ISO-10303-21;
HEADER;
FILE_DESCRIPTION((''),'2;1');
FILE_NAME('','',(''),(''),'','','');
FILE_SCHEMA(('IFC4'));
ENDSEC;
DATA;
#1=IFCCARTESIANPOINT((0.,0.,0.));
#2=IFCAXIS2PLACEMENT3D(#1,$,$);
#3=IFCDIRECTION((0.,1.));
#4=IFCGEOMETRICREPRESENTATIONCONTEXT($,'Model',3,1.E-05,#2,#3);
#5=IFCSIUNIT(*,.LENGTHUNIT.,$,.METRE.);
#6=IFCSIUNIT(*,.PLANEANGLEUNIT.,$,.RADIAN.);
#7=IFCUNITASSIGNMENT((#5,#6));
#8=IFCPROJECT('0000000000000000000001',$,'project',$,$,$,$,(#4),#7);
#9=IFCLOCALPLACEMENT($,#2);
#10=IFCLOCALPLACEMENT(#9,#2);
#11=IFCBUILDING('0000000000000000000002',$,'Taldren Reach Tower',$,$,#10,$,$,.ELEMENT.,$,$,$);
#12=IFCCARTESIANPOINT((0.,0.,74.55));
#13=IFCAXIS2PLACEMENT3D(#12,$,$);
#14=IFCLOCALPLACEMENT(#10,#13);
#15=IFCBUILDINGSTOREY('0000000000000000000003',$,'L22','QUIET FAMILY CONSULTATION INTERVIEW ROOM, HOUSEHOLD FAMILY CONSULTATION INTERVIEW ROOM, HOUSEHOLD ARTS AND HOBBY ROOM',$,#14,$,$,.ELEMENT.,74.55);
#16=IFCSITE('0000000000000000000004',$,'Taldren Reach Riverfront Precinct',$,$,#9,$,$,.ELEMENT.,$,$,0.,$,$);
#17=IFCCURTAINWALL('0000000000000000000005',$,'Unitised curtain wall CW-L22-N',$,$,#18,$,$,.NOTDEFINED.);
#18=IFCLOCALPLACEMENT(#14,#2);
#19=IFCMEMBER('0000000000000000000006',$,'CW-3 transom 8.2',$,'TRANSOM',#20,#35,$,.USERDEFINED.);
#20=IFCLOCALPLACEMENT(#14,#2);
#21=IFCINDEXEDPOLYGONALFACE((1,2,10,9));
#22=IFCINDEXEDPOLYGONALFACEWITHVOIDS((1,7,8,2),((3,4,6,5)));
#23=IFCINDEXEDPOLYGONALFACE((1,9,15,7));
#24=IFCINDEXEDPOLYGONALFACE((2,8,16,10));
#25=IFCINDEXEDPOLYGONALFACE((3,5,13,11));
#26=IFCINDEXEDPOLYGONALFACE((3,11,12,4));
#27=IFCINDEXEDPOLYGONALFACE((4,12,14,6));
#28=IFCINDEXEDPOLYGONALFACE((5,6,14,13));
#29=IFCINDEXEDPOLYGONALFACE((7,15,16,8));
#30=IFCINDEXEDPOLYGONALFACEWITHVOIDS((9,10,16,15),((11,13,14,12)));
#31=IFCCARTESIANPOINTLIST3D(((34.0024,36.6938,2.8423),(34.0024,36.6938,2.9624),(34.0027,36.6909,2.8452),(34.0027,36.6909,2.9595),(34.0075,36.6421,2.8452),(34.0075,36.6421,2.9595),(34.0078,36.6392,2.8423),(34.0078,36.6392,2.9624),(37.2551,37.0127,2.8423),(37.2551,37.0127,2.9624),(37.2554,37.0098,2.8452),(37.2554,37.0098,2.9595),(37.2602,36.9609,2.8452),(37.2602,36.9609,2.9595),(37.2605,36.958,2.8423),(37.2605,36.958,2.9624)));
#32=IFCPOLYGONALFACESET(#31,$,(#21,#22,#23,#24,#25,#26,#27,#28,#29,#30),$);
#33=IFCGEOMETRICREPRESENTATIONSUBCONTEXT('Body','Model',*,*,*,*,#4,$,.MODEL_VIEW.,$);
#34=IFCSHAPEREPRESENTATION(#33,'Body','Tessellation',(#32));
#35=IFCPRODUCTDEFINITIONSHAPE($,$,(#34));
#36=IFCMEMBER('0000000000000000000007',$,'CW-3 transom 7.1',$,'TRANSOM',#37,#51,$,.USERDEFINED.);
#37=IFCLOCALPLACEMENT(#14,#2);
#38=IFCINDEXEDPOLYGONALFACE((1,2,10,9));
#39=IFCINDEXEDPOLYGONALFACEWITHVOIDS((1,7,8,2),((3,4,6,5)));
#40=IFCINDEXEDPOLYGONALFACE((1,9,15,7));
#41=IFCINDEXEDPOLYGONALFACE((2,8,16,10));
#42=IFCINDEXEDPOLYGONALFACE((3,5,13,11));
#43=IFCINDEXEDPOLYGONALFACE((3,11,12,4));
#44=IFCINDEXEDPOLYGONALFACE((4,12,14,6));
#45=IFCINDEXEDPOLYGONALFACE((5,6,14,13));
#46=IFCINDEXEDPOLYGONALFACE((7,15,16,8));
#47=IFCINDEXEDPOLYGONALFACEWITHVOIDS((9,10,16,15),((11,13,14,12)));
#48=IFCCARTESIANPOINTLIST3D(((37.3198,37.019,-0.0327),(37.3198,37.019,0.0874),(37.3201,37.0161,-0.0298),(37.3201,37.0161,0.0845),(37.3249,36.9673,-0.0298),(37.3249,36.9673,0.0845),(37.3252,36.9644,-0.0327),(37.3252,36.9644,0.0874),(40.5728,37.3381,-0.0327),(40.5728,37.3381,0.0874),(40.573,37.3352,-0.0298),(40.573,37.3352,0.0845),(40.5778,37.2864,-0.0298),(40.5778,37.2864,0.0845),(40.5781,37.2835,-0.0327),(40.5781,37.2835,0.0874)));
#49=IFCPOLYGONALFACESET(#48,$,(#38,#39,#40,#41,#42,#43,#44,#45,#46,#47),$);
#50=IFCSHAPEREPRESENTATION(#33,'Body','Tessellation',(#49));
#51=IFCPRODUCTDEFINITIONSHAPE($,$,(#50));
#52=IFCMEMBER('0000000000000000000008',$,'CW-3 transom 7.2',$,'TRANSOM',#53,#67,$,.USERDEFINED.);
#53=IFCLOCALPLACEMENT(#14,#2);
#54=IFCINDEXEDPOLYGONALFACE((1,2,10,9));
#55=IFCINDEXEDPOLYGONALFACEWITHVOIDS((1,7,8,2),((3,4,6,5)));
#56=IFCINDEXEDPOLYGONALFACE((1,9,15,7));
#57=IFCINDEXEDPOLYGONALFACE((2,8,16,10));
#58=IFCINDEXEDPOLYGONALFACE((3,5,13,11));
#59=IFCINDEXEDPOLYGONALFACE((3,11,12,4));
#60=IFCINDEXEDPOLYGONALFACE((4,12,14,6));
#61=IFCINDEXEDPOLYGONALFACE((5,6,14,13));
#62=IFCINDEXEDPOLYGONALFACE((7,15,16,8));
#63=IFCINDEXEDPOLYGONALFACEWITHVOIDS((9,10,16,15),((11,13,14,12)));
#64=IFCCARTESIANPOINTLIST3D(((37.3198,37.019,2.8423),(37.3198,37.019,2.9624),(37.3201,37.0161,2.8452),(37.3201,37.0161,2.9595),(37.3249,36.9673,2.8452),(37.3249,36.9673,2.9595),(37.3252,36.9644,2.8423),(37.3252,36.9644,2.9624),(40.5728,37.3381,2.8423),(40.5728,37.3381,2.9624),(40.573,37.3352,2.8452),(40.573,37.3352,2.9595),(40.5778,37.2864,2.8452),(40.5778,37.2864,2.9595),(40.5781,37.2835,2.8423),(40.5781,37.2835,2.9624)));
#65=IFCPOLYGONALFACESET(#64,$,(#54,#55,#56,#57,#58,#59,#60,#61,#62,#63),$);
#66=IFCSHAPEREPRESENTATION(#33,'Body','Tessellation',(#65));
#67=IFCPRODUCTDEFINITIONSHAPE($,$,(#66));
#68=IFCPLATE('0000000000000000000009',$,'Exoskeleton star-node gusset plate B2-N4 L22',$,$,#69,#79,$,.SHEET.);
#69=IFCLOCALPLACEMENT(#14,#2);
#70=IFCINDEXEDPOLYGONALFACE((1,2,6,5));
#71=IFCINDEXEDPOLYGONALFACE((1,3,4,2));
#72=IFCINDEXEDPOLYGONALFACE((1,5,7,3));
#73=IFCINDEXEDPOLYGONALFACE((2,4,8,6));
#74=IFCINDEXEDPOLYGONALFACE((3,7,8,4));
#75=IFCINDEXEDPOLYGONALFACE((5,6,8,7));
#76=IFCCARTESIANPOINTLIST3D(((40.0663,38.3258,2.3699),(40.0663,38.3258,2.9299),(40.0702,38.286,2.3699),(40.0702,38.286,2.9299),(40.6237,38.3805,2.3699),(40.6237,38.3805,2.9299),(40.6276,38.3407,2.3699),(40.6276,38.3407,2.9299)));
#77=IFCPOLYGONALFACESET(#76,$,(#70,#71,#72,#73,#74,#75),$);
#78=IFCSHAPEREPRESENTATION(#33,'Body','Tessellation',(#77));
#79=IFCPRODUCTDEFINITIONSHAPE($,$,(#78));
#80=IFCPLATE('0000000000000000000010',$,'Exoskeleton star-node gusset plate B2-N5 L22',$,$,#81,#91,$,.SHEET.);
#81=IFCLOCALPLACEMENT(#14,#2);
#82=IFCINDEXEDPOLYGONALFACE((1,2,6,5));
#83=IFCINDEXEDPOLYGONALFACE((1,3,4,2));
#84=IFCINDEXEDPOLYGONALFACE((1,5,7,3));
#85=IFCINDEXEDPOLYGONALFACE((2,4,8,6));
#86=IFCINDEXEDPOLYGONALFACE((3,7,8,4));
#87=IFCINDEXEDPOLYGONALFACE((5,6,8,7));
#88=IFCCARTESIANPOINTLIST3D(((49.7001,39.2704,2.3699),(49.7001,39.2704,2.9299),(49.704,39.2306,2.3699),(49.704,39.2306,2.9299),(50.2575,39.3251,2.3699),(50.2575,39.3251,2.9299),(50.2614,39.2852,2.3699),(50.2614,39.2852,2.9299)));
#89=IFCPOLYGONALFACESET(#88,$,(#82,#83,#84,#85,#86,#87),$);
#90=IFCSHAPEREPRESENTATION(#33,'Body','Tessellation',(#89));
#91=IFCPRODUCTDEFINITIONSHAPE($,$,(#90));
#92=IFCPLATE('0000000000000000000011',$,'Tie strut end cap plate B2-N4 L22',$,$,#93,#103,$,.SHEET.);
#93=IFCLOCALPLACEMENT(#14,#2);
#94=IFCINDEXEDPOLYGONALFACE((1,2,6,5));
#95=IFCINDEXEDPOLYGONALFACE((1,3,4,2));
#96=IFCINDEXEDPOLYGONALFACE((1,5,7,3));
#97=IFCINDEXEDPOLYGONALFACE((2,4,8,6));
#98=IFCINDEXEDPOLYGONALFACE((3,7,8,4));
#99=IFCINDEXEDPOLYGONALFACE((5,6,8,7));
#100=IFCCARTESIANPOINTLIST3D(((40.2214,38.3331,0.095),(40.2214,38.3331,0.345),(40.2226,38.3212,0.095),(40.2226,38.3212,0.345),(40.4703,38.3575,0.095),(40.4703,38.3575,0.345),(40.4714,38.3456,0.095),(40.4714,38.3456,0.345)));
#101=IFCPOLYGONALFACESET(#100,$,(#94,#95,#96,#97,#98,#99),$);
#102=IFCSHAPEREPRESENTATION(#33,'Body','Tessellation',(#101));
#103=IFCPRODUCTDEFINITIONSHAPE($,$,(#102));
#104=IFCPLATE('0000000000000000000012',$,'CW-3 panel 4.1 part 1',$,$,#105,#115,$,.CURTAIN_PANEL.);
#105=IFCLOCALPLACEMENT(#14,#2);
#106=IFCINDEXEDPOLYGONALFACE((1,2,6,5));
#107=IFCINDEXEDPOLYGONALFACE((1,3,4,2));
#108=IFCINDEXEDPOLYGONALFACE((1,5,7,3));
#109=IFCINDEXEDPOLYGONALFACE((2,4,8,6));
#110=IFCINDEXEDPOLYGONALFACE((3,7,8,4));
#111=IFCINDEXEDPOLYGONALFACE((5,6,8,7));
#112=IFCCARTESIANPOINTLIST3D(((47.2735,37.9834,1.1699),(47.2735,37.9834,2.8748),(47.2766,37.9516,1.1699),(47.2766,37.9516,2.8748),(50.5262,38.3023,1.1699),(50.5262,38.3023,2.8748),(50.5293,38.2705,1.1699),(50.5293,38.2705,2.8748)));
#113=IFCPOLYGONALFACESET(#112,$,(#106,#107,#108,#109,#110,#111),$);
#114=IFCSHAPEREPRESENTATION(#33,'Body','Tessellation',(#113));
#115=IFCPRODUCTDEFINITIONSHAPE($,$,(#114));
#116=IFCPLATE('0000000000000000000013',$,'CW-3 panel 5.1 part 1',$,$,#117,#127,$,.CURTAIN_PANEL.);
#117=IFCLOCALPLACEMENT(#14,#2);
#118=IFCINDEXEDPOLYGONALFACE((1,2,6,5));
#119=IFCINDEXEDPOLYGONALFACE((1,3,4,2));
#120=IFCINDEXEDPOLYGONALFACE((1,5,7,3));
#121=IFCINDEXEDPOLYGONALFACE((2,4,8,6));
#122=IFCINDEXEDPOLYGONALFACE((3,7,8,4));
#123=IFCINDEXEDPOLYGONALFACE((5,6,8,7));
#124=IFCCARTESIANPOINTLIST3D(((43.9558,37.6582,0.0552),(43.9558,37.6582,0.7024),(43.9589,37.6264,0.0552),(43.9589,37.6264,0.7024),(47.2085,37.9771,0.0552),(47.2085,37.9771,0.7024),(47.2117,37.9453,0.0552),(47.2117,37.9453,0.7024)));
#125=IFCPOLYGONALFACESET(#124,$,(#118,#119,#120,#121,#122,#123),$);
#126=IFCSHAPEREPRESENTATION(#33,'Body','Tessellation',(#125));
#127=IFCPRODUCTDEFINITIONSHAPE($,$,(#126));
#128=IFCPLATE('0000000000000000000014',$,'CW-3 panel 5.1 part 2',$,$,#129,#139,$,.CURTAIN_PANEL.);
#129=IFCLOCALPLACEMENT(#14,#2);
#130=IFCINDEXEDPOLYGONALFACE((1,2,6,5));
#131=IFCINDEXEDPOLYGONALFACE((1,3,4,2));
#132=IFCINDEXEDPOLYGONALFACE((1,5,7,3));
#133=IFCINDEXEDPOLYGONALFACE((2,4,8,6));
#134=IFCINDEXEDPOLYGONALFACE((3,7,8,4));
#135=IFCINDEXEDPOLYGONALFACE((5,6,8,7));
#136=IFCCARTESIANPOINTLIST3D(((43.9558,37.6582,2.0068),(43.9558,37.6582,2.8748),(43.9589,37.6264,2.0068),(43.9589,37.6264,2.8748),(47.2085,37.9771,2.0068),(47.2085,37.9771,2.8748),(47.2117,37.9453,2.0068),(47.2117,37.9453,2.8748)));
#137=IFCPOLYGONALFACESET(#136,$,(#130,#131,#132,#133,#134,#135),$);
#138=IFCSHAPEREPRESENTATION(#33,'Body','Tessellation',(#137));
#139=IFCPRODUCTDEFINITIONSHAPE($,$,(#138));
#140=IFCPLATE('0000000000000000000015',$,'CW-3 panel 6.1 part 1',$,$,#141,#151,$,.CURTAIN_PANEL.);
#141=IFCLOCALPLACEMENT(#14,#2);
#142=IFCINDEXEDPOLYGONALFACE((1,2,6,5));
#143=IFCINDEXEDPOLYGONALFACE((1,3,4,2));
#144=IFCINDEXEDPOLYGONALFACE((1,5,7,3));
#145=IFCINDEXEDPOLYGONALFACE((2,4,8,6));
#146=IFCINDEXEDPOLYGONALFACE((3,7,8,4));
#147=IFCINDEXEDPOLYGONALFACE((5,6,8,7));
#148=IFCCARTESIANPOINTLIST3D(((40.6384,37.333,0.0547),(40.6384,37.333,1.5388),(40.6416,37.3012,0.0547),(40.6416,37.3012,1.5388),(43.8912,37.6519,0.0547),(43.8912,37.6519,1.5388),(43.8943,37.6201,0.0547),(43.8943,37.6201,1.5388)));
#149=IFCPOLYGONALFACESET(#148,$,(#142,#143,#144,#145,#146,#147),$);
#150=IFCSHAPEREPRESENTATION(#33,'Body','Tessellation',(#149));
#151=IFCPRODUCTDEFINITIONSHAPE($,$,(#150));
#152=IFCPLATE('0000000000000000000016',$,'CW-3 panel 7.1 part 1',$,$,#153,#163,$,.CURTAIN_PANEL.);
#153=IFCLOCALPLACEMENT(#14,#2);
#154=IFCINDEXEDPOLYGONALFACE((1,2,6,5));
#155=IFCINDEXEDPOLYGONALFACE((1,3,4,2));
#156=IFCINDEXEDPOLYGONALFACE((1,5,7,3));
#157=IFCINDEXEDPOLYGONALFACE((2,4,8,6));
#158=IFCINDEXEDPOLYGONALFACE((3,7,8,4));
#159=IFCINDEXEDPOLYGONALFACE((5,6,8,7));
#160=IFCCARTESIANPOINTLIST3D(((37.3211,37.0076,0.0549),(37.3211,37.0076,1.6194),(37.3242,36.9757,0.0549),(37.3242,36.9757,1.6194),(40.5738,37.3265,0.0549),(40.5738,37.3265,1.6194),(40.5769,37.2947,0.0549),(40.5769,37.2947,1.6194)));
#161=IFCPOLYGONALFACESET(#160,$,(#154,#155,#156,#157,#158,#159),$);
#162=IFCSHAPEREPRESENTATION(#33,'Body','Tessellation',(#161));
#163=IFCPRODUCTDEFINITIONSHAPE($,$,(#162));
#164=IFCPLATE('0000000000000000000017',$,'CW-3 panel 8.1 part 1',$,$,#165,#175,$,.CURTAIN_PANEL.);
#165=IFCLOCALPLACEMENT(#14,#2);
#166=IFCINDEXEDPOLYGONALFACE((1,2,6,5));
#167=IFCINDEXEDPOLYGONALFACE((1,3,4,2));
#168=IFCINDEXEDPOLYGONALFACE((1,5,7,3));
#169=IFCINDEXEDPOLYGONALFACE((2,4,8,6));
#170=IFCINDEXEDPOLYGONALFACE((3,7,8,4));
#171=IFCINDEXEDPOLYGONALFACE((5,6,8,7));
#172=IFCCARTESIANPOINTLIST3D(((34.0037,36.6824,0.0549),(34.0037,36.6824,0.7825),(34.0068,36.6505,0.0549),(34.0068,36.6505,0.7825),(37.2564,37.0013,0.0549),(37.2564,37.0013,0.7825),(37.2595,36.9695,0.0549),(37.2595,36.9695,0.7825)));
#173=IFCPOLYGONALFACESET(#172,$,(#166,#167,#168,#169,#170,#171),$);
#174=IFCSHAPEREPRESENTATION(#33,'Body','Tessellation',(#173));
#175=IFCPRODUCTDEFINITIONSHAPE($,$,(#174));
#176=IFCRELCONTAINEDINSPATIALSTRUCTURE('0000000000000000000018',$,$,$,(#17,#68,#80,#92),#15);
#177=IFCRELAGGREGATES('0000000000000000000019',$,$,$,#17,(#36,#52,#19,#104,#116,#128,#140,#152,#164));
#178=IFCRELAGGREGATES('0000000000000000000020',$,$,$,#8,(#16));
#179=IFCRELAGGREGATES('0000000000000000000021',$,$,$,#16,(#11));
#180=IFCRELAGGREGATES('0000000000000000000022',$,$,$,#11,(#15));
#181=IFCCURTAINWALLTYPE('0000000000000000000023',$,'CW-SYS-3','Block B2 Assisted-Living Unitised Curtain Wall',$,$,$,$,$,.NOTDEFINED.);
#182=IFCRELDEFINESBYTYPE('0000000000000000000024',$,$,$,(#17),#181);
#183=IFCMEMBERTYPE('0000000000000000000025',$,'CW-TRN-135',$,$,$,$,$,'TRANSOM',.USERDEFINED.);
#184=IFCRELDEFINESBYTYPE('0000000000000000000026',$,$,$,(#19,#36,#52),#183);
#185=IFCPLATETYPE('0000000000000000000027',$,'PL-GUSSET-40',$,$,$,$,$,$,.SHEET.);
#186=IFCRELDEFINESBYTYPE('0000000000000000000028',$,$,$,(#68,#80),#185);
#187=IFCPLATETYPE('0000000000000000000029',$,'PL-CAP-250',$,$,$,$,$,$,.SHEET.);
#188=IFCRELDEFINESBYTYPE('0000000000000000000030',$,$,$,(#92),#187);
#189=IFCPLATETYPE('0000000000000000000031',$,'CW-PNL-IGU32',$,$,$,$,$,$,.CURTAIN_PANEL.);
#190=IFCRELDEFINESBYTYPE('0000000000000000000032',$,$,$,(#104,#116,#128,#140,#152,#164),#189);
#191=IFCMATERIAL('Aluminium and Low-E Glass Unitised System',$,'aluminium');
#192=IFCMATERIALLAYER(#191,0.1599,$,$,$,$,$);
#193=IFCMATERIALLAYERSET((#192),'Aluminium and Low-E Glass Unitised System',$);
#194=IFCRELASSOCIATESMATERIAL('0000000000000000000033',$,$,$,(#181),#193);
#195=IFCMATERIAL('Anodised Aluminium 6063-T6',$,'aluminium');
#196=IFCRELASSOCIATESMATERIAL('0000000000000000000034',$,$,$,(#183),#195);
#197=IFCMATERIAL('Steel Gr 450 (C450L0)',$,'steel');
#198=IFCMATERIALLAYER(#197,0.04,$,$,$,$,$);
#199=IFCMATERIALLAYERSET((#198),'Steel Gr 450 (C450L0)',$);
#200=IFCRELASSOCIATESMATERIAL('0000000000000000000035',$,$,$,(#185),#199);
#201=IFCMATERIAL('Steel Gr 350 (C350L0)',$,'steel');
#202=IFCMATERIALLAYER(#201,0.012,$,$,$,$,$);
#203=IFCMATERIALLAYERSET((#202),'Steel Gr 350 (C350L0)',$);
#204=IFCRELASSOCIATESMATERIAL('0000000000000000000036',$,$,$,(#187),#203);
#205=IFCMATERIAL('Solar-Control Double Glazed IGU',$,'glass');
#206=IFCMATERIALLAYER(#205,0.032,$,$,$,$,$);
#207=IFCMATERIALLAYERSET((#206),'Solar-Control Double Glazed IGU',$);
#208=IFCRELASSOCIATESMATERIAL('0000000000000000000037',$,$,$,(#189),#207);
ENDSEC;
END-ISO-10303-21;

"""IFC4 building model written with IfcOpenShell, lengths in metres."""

from ifc_helpers import new_model, si_unit, direction, frame, origin, origin_2d, place, context, subcontext, project, spatial, rectangle, hollow_rectangle, extrude, source, transform, mapped, material, layer, layer_set, material_profile, profile_set, type_object, element, aggregate, save


model = new_model("IFC4")

# Units and contexts
model_context = context("Model", 3, precision=1e-05, world=origin(), true_north=direction((0.0, 1.0)))
body_context = subcontext(model_context, "Body", "Model", "MODEL_VIEW")
ifc_project = project(units=[si_unit("LENGTHUNIT", "METRE"), si_unit("PLANEANGLEUNIT", "RADIAN")], contexts=[model_context])

# Site, building, storey
site_placement = place(None, origin())
site = spatial("IfcSite", under=ifc_project, at=site_placement, Name="Taldren Reach Riverfront Precinct", CompositionType="ELEMENT", RefElevation=0.0)
building_placement = place(site_placement, origin())
building = spatial("IfcBuilding", under=site, at=building_placement, Name="Taldren Reach Tower", CompositionType="ELEMENT")
storey_placement = place(building_placement, frame((0.0, 0.0, 74.55)))
storey = spatial("IfcBuildingStorey", under=building, at=storey_placement, Name="L22", Description="QUIET FAMILY CONSULTATION INTERVIEW ROOM, HOUSEHOLD FAMILY CONSULTATION INTERVIEW ROOM, HOUSEHOLD ARTS AND HOBBY ROOM", CompositionType="ELEMENT", Elevation=74.55)

# Shared definitions
ifc_material_1 = material(Name="Steel Gr 450 (C450L0)", Category="steel")
ifc_material_2 = material(Name="Steel Gr 350 (C350L0)", Category="steel")

# Curtain wall, members
ifc_material_3 = material(Name="Aluminium and Low-E Glass Unitised System", Category="aluminium")
ifc_layer_1 = layer(ifc_material_3, 0.1599)
ifc_layer_set_1 = layer_set([ifc_layer_1], Name="Aluminium and Low-E Glass Unitised System")
curtain_wall_type = type_object("IfcCurtainWallType", Name="CW-SYS-3", Description="Block B2 Assisted-Living Unitised Curtain Wall", PredefinedType="NOTDEFINED", material=ifc_layer_set_1)
curtain_wall_placement = place(storey_placement, origin())
curtain_wall = element("IfcCurtainWall", 1, at=curtain_wall_placement, inside=storey, type_object=curtain_wall_type, Name="Unitised curtain wall CW-L22-N", PredefinedType="NOTDEFINED")
ifc_material_4 = material(Name="Anodised Aluminium 6063-T6", Category="aluminium")
ifc_material_profile_1 = material_profile(ifc_material_4, hollow_rectangle(XDim=0.0549, YDim=0.1201, WallThickness=0.0029, at=origin_2d()), Name="ALU-120x55x3RHS")
ifc_profile_set_1 = profile_set([ifc_material_profile_1], Name="Anodised Aluminium 6063-T6")
member_type_1 = type_object("IfcMemberType", Name="CW-TRN-135", ElementType="TRANSOM", PredefinedType="USERDEFINED", material=ifc_profile_set_1)
shared_shape_1 = source(origin(), body_context, "Body", "SweptSolid", [
    extrude(hollow_rectangle(XDim=0.0549, YDim=0.1201, WallThickness=0.0029, at=origin_2d()), origin(), (0.0, 0.0, 1.0), 3.2683),
])
member_1_placement = place(storey_placement, frame((37.2578, 36.9854, 2.9023), z_axis=(-0.99523, -0.097558, 0.0), x_axis=(0.097558, -0.99523, 0.0)))
member_1 = element("IfcMember", 2, at=member_1_placement, type_object=member_type_1, Name="CW-3 transom 8.2", ObjectType="TRANSOM", PredefinedType="USERDEFINED", context=body_context, shape_type="MappedRepresentation", body=[
    mapped(shared_shape_1, transform((0.0, 0.0, 0.0), scale=1.0)),
])
shared_shape_2 = source(origin(), body_context, "Body", "SweptSolid", [
    extrude(hollow_rectangle(XDim=0.0549, YDim=0.1201, WallThickness=0.0029, at=origin_2d()), origin(), (0.0, 0.0, 1.0), 3.2686),
])
member_2_placement = place(storey_placement, frame((40.5754, 37.3108, 0.0273), z_axis=(-0.995223, -0.097625, 0.0), x_axis=(0.097625, -0.995223, 0.0)))
member_2 = element("IfcMember", 3, at=member_2_placement, type_object=member_type_1, Name="CW-3 transom 7.1", ObjectType="TRANSOM", PredefinedType="USERDEFINED", context=body_context, shape_type="MappedRepresentation", body=[
    mapped(shared_shape_2, transform((0.0, 0.0, 0.0), scale=1.0)),
])
member_3_placement = place(storey_placement, frame((40.5754, 37.3108, 2.9023), z_axis=(-0.995223, -0.097625, 0.0), x_axis=(0.097625, -0.995223, 0.0)))
member_3 = element("IfcMember", 4, at=member_3_placement, type_object=member_type_1, Name="CW-3 transom 7.2", ObjectType="TRANSOM", PredefinedType="USERDEFINED", context=body_context, shape_type="MappedRepresentation", body=[
    mapped(shared_shape_2, transform((0.0, 0.0, 0.0), scale=1.0)),
])

# Plates
ifc_layer_2 = layer(ifc_material_1, 0.04)
ifc_layer_set_2 = layer_set([ifc_layer_2], Name="Steel Gr 450 (C450L0)")
plate_type_1 = type_object("IfcPlateType", Name="PL-GUSSET-40", PredefinedType="SHEET", material=ifc_layer_set_2)
shared_shape_3 = source(origin(), body_context, "Body", "SweptSolid", [
    extrude(rectangle(XDim=0.5601, YDim=0.04, at=origin_2d()), origin(), (0.0, 0.0, 1.0), 0.5601),
])
for number, where, z_axis, x_axis, name in (
    (5, (40.3469, 38.3333, 2.3699), (0.0, 0.0, 1.0), (0.995227, 0.097583, 0.0), "Exoskeleton star-node gusset plate B2-N4 L22"),
    (6, (49.9807, 39.2778, 2.3699), (0.0, 0.0, 1.0), (0.995227, 0.097583, 0.0), "Exoskeleton star-node gusset plate B2-N5 L22"),
):
    element("IfcPlate", number, at=place(storey_placement, frame(where, z_axis=z_axis, x_axis=x_axis)), inside=storey, type_object=plate_type_1, Name=name, PredefinedType="SHEET", context=body_context, shape_type="MappedRepresentation", body=[
        mapped(shared_shape_3, transform((0.0, 0.0, 0.0), scale=1.0)),
    ])
ifc_layer_3 = layer(ifc_material_2, 0.012)
ifc_layer_set_3 = layer_set([ifc_layer_3], Name="Steel Gr 350 (C350L0)")
plate_type_2 = type_object("IfcPlateType", Name="PL-CAP-250", PredefinedType="SHEET", material=ifc_layer_set_3)
shared_shape_4 = source(origin(), body_context, "Body", "SweptSolid", [
    extrude(rectangle(XDim=0.25, YDim=0.012, at=origin_2d()), origin(), (0.0, 0.0, 1.0), 0.25),
])
plate_1_placement = place(storey_placement, frame((40.3464, 38.3394, 0.095), z_axis=(0.0, 0.0, 1.0), x_axis=(0.995227, 0.097583, 0.0)))
element("IfcPlate", 7, at=plate_1_placement, inside=storey, type_object=plate_type_2, Name="Tie strut end cap plate B2-N4 L22", PredefinedType="SHEET", context=body_context, shape_type="MappedRepresentation", body=[
    mapped(shared_shape_4, transform((0.0, 0.0, 0.0), scale=1.0)),
])

# Plates
ifc_material_5 = material(Name="Solar-Control Double Glazed IGU", Category="glass")
ifc_layer_4 = layer(ifc_material_5, 0.032)
ifc_layer_set_4 = layer_set([ifc_layer_4], Name="Solar-Control Double Glazed IGU")
plate_type_3 = type_object("IfcPlateType", Name="CW-PNL-IGU32", PredefinedType="CURTAIN_PANEL", material=ifc_layer_set_4)
shared_shape_5 = source(origin(), body_context, "Body", "SweptSolid", [
    extrude(rectangle(XDim=3.2683, YDim=0.032, at=origin_2d()), origin(), (0.0, 0.0, 1.0), 1.7048),
])
plate_2_placement = place(storey_placement, frame((48.9014, 38.127, 1.1699), z_axis=(0.0, 0.0, 1.0), x_axis=(-0.995227, -0.097583, 0.0)))
plate_2 = element("IfcPlate", 8, at=plate_2_placement, type_object=plate_type_3, Name="CW-3 panel 4.1 part 1", PredefinedType="CURTAIN_PANEL", context=body_context, shape_type="MappedRepresentation", body=[
    mapped(shared_shape_5, transform((0.0, 0.0, 0.0), scale=1.0)),
])
shared_shape_6 = source(origin(), body_context, "Body", "SweptSolid", [
    extrude(rectangle(XDim=3.2683, YDim=0.032, at=origin_2d()), origin(), (0.0, 0.0, 1.0), 0.6472),
])
plate_3_placement = place(storey_placement, frame((45.5837, 37.8018, 0.0552), z_axis=(0.0, 0.0, 1.0), x_axis=(-0.995227, -0.097583, 0.0)))
plate_3 = element("IfcPlate", 9, at=plate_3_placement, type_object=plate_type_3, Name="CW-3 panel 5.1 part 1", PredefinedType="CURTAIN_PANEL", context=body_context, shape_type="MappedRepresentation", body=[
    mapped(shared_shape_6, transform((0.0, 0.0, 0.0), scale=1.0)),
])
shared_shape_7 = source(origin(), body_context, "Body", "SweptSolid", [
    extrude(rectangle(XDim=3.2683, YDim=0.032, at=origin_2d()), origin(), (0.0, 0.0, 1.0), 0.8679),
])
plate_4_placement = place(storey_placement, frame((45.5837, 37.8018, 2.0068), z_axis=(0.0, 0.0, 1.0), x_axis=(-0.995227, -0.097583, 0.0)))
plate_4 = element("IfcPlate", 10, at=plate_4_placement, type_object=plate_type_3, Name="CW-3 panel 5.1 part 2", PredefinedType="CURTAIN_PANEL", context=body_context, shape_type="MappedRepresentation", body=[
    mapped(shared_shape_7, transform((0.0, 0.0, 0.0), scale=1.0)),
])
shared_shape_8 = source(origin(), body_context, "Body", "SweptSolid", [
    extrude(rectangle(XDim=3.2683, YDim=0.032, at=origin_2d()), origin(), (0.0, 0.0, 1.0), 1.4841),
])
plate_5_placement = place(storey_placement, frame((42.2664, 37.4766, 0.0547), z_axis=(0.0, 0.0, 1.0), x_axis=(-0.995227, -0.097583, 0.0)))
plate_5 = element("IfcPlate", 11, at=plate_5_placement, type_object=plate_type_3, Name="CW-3 panel 6.1 part 1", PredefinedType="CURTAIN_PANEL", context=body_context, shape_type="MappedRepresentation", body=[
    mapped(shared_shape_8, transform((0.0, 0.0, 0.0), scale=1.0)),
])
shared_shape_9 = source(origin(), body_context, "Body", "SweptSolid", [
    extrude(rectangle(XDim=3.2683, YDim=0.032, at=origin_2d()), origin(), (0.0, 0.0, 1.0), 1.5645),
])
plate_6_placement = place(storey_placement, frame((38.949, 37.1511, 0.0549), z_axis=(0.0, 0.0, 1.0), x_axis=(-0.995227, -0.097583, 0.0)))
plate_6 = element("IfcPlate", 12, at=plate_6_placement, type_object=plate_type_3, Name="CW-3 panel 7.1 part 1", PredefinedType="CURTAIN_PANEL", context=body_context, shape_type="MappedRepresentation", body=[
    mapped(shared_shape_9, transform((0.0, 0.0, 0.0), scale=1.0)),
])
shared_shape_10 = source(origin(), body_context, "Body", "SweptSolid", [
    extrude(rectangle(XDim=3.2683, YDim=0.032, at=origin_2d()), origin(), (0.0, 0.0, 1.0), 0.7275),
])
plate_7_placement = place(storey_placement, frame((35.6316, 36.8259, 0.0549), z_axis=(0.0, 0.0, 1.0), x_axis=(-0.995227, -0.097583, 0.0)))
plate_7 = element("IfcPlate", 13, at=plate_7_placement, type_object=plate_type_3, Name="CW-3 panel 8.1 part 1", PredefinedType="CURTAIN_PANEL", context=body_context, shape_type="MappedRepresentation", body=[
    mapped(shared_shape_10, transform((0.0, 0.0, 0.0), scale=1.0)),
])
aggregate(curtain_wall, [member_2, member_3, member_1, plate_2, plate_3, plate_4, plate_5, plate_6, plate_7])

save(model, "model.ifc")
